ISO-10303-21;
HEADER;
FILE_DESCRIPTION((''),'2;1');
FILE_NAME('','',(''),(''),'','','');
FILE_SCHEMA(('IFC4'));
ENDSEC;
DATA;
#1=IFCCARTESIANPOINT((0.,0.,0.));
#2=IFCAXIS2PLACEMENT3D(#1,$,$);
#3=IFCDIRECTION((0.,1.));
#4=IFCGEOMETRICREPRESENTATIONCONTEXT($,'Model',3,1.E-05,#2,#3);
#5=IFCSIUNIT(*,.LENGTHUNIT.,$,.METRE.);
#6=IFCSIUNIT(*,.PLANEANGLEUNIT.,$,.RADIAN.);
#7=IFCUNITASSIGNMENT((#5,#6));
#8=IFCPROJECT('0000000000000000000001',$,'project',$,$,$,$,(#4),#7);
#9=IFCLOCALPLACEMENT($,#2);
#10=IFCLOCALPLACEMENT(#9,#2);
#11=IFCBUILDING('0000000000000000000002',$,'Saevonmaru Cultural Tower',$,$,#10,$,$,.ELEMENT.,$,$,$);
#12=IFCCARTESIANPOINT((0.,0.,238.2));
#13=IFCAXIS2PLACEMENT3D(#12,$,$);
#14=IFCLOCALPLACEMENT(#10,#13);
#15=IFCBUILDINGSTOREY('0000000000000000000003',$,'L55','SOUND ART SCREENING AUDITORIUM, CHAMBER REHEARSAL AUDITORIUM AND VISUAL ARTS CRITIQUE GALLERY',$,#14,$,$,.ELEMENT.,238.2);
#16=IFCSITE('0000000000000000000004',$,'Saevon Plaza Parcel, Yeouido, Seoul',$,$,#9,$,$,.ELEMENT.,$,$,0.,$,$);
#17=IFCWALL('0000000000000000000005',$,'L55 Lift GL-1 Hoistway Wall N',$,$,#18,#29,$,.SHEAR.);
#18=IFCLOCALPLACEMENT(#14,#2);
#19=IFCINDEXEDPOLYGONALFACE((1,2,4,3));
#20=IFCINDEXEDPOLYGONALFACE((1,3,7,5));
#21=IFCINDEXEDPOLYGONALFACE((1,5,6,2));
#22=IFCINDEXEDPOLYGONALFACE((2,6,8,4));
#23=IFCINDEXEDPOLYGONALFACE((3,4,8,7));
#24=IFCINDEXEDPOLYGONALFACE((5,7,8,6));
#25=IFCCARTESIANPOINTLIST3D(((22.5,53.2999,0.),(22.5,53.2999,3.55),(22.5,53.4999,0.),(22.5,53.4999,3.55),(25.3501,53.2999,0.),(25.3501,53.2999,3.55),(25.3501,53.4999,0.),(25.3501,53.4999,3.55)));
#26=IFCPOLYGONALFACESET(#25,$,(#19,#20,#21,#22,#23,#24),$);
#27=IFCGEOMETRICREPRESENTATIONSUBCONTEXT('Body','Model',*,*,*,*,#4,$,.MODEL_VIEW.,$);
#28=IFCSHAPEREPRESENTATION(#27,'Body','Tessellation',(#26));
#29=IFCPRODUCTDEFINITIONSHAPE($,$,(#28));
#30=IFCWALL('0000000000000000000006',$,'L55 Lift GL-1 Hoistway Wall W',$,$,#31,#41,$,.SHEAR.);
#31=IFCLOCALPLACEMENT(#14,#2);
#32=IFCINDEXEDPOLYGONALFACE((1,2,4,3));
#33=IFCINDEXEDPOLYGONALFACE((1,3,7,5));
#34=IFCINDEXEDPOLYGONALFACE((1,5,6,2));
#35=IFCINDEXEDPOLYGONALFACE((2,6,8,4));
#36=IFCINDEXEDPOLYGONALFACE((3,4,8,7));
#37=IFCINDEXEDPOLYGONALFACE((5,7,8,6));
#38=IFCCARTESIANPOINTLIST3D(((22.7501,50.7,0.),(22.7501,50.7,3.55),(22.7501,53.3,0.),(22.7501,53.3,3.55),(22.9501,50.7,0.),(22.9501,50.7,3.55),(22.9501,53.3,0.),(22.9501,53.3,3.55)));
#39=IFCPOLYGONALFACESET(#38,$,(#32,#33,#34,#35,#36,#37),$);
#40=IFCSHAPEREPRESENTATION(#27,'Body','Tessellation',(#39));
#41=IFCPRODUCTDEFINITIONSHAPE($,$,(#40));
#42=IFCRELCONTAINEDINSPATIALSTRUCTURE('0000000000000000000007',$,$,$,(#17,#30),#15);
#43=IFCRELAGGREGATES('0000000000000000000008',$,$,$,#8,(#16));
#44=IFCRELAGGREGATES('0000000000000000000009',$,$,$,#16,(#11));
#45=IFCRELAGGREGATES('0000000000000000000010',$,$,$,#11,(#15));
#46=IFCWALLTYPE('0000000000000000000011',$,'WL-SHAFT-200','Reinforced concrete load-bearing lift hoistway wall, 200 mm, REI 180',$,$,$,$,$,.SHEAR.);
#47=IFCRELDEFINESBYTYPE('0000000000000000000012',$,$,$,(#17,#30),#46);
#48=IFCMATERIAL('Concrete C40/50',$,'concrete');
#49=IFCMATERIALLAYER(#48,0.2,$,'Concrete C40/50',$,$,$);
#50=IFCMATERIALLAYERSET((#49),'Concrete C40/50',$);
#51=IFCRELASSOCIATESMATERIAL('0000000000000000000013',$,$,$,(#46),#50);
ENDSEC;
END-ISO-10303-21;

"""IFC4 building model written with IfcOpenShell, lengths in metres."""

from ifc_helpers import new_model, si_unit, direction, frame, frame_2d, origin, place, context, subcontext, project, spatial, rectangle, extrude, material, layer, layer_set, type_object, element, save


model = new_model("IFC4")

# Units and contexts
model_context = context("Model", 3, precision=1e-05, world=origin(), true_north=direction((0.0, 1.0)))
body_context = subcontext(model_context, "Body", "Model", "MODEL_VIEW")
ifc_project = project(units=[si_unit("LENGTHUNIT", "METRE"), si_unit("PLANEANGLEUNIT", "RADIAN")], contexts=[model_context])

# Site, building, storey
site_placement = place(None, origin())
site = spatial("IfcSite", under=ifc_project, at=site_placement, Name="Saevon Plaza Parcel, Yeouido, Seoul", CompositionType="ELEMENT", RefElevation=0.0)
building_placement = place(site_placement, origin())
building = spatial("IfcBuilding", under=site, at=building_placement, Name="Saevonmaru Cultural Tower", CompositionType="ELEMENT")
storey_placement = place(building_placement, frame((0.0, 0.0, 238.2)))
storey = spatial("IfcBuildingStorey", under=building, at=storey_placement, Name="L55", Description="SOUND ART SCREENING AUDITORIUM, CHAMBER REHEARSAL AUDITORIUM AND VISUAL ARTS CRITIQUE GALLERY", CompositionType="ELEMENT", Elevation=238.2)

# Shared definitions
ifc_material_1 = material(Name="Concrete C40/50", Category="concrete")
ifc_layer_1 = layer(ifc_material_1, 0.2, Name="Concrete C40/50")
ifc_layer_set_1 = layer_set([ifc_layer_1], Name="Concrete C40/50")
wall_type_1 = type_object("IfcWallType", Name="WL-SHAFT-200", Description="Reinforced concrete load-bearing lift hoistway wall, 200 mm, REI 180", PredefinedType="SHEAR", material=ifc_layer_set_1)

# Walls
wall_1_placement = place(storey_placement, frame((22.5, 53.3999, 0.0), z_axis=(0.0, 0.0, 1.0), x_axis=(1.0, 0.0, 0.0)))
element("IfcWall", 1, at=wall_1_placement, inside=storey, type_object=wall_type_1, Name="L55 Lift GL-1 Hoistway Wall N", PredefinedType="SHEAR", context=body_context, shape_type="SweptSolid", body=[
    extrude(rectangle(XDim=2.8501, YDim=0.2, at=frame_2d((1.425, 0.0))), origin(), (0.0, 0.0, 1.0), 3.55),
])
wall_2_placement = place(storey_placement, frame((22.8501, 50.7, 0.0), z_axis=(0.0, 0.0, 1.0), x_axis=(0.0, 1.0, 0.0)))
element("IfcWall", 2, at=wall_2_placement, inside=storey, type_object=wall_type_1, Name="L55 Lift GL-1 Hoistway Wall W", PredefinedType="SHEAR", context=body_context, shape_type="SweptSolid", body=[
    extrude(rectangle(XDim=2.6001, YDim=0.2, at=frame_2d((1.3, 0.0))), origin(), (0.0, 0.0, 1.0), 3.55),
])

save(model, "model.ifc")
